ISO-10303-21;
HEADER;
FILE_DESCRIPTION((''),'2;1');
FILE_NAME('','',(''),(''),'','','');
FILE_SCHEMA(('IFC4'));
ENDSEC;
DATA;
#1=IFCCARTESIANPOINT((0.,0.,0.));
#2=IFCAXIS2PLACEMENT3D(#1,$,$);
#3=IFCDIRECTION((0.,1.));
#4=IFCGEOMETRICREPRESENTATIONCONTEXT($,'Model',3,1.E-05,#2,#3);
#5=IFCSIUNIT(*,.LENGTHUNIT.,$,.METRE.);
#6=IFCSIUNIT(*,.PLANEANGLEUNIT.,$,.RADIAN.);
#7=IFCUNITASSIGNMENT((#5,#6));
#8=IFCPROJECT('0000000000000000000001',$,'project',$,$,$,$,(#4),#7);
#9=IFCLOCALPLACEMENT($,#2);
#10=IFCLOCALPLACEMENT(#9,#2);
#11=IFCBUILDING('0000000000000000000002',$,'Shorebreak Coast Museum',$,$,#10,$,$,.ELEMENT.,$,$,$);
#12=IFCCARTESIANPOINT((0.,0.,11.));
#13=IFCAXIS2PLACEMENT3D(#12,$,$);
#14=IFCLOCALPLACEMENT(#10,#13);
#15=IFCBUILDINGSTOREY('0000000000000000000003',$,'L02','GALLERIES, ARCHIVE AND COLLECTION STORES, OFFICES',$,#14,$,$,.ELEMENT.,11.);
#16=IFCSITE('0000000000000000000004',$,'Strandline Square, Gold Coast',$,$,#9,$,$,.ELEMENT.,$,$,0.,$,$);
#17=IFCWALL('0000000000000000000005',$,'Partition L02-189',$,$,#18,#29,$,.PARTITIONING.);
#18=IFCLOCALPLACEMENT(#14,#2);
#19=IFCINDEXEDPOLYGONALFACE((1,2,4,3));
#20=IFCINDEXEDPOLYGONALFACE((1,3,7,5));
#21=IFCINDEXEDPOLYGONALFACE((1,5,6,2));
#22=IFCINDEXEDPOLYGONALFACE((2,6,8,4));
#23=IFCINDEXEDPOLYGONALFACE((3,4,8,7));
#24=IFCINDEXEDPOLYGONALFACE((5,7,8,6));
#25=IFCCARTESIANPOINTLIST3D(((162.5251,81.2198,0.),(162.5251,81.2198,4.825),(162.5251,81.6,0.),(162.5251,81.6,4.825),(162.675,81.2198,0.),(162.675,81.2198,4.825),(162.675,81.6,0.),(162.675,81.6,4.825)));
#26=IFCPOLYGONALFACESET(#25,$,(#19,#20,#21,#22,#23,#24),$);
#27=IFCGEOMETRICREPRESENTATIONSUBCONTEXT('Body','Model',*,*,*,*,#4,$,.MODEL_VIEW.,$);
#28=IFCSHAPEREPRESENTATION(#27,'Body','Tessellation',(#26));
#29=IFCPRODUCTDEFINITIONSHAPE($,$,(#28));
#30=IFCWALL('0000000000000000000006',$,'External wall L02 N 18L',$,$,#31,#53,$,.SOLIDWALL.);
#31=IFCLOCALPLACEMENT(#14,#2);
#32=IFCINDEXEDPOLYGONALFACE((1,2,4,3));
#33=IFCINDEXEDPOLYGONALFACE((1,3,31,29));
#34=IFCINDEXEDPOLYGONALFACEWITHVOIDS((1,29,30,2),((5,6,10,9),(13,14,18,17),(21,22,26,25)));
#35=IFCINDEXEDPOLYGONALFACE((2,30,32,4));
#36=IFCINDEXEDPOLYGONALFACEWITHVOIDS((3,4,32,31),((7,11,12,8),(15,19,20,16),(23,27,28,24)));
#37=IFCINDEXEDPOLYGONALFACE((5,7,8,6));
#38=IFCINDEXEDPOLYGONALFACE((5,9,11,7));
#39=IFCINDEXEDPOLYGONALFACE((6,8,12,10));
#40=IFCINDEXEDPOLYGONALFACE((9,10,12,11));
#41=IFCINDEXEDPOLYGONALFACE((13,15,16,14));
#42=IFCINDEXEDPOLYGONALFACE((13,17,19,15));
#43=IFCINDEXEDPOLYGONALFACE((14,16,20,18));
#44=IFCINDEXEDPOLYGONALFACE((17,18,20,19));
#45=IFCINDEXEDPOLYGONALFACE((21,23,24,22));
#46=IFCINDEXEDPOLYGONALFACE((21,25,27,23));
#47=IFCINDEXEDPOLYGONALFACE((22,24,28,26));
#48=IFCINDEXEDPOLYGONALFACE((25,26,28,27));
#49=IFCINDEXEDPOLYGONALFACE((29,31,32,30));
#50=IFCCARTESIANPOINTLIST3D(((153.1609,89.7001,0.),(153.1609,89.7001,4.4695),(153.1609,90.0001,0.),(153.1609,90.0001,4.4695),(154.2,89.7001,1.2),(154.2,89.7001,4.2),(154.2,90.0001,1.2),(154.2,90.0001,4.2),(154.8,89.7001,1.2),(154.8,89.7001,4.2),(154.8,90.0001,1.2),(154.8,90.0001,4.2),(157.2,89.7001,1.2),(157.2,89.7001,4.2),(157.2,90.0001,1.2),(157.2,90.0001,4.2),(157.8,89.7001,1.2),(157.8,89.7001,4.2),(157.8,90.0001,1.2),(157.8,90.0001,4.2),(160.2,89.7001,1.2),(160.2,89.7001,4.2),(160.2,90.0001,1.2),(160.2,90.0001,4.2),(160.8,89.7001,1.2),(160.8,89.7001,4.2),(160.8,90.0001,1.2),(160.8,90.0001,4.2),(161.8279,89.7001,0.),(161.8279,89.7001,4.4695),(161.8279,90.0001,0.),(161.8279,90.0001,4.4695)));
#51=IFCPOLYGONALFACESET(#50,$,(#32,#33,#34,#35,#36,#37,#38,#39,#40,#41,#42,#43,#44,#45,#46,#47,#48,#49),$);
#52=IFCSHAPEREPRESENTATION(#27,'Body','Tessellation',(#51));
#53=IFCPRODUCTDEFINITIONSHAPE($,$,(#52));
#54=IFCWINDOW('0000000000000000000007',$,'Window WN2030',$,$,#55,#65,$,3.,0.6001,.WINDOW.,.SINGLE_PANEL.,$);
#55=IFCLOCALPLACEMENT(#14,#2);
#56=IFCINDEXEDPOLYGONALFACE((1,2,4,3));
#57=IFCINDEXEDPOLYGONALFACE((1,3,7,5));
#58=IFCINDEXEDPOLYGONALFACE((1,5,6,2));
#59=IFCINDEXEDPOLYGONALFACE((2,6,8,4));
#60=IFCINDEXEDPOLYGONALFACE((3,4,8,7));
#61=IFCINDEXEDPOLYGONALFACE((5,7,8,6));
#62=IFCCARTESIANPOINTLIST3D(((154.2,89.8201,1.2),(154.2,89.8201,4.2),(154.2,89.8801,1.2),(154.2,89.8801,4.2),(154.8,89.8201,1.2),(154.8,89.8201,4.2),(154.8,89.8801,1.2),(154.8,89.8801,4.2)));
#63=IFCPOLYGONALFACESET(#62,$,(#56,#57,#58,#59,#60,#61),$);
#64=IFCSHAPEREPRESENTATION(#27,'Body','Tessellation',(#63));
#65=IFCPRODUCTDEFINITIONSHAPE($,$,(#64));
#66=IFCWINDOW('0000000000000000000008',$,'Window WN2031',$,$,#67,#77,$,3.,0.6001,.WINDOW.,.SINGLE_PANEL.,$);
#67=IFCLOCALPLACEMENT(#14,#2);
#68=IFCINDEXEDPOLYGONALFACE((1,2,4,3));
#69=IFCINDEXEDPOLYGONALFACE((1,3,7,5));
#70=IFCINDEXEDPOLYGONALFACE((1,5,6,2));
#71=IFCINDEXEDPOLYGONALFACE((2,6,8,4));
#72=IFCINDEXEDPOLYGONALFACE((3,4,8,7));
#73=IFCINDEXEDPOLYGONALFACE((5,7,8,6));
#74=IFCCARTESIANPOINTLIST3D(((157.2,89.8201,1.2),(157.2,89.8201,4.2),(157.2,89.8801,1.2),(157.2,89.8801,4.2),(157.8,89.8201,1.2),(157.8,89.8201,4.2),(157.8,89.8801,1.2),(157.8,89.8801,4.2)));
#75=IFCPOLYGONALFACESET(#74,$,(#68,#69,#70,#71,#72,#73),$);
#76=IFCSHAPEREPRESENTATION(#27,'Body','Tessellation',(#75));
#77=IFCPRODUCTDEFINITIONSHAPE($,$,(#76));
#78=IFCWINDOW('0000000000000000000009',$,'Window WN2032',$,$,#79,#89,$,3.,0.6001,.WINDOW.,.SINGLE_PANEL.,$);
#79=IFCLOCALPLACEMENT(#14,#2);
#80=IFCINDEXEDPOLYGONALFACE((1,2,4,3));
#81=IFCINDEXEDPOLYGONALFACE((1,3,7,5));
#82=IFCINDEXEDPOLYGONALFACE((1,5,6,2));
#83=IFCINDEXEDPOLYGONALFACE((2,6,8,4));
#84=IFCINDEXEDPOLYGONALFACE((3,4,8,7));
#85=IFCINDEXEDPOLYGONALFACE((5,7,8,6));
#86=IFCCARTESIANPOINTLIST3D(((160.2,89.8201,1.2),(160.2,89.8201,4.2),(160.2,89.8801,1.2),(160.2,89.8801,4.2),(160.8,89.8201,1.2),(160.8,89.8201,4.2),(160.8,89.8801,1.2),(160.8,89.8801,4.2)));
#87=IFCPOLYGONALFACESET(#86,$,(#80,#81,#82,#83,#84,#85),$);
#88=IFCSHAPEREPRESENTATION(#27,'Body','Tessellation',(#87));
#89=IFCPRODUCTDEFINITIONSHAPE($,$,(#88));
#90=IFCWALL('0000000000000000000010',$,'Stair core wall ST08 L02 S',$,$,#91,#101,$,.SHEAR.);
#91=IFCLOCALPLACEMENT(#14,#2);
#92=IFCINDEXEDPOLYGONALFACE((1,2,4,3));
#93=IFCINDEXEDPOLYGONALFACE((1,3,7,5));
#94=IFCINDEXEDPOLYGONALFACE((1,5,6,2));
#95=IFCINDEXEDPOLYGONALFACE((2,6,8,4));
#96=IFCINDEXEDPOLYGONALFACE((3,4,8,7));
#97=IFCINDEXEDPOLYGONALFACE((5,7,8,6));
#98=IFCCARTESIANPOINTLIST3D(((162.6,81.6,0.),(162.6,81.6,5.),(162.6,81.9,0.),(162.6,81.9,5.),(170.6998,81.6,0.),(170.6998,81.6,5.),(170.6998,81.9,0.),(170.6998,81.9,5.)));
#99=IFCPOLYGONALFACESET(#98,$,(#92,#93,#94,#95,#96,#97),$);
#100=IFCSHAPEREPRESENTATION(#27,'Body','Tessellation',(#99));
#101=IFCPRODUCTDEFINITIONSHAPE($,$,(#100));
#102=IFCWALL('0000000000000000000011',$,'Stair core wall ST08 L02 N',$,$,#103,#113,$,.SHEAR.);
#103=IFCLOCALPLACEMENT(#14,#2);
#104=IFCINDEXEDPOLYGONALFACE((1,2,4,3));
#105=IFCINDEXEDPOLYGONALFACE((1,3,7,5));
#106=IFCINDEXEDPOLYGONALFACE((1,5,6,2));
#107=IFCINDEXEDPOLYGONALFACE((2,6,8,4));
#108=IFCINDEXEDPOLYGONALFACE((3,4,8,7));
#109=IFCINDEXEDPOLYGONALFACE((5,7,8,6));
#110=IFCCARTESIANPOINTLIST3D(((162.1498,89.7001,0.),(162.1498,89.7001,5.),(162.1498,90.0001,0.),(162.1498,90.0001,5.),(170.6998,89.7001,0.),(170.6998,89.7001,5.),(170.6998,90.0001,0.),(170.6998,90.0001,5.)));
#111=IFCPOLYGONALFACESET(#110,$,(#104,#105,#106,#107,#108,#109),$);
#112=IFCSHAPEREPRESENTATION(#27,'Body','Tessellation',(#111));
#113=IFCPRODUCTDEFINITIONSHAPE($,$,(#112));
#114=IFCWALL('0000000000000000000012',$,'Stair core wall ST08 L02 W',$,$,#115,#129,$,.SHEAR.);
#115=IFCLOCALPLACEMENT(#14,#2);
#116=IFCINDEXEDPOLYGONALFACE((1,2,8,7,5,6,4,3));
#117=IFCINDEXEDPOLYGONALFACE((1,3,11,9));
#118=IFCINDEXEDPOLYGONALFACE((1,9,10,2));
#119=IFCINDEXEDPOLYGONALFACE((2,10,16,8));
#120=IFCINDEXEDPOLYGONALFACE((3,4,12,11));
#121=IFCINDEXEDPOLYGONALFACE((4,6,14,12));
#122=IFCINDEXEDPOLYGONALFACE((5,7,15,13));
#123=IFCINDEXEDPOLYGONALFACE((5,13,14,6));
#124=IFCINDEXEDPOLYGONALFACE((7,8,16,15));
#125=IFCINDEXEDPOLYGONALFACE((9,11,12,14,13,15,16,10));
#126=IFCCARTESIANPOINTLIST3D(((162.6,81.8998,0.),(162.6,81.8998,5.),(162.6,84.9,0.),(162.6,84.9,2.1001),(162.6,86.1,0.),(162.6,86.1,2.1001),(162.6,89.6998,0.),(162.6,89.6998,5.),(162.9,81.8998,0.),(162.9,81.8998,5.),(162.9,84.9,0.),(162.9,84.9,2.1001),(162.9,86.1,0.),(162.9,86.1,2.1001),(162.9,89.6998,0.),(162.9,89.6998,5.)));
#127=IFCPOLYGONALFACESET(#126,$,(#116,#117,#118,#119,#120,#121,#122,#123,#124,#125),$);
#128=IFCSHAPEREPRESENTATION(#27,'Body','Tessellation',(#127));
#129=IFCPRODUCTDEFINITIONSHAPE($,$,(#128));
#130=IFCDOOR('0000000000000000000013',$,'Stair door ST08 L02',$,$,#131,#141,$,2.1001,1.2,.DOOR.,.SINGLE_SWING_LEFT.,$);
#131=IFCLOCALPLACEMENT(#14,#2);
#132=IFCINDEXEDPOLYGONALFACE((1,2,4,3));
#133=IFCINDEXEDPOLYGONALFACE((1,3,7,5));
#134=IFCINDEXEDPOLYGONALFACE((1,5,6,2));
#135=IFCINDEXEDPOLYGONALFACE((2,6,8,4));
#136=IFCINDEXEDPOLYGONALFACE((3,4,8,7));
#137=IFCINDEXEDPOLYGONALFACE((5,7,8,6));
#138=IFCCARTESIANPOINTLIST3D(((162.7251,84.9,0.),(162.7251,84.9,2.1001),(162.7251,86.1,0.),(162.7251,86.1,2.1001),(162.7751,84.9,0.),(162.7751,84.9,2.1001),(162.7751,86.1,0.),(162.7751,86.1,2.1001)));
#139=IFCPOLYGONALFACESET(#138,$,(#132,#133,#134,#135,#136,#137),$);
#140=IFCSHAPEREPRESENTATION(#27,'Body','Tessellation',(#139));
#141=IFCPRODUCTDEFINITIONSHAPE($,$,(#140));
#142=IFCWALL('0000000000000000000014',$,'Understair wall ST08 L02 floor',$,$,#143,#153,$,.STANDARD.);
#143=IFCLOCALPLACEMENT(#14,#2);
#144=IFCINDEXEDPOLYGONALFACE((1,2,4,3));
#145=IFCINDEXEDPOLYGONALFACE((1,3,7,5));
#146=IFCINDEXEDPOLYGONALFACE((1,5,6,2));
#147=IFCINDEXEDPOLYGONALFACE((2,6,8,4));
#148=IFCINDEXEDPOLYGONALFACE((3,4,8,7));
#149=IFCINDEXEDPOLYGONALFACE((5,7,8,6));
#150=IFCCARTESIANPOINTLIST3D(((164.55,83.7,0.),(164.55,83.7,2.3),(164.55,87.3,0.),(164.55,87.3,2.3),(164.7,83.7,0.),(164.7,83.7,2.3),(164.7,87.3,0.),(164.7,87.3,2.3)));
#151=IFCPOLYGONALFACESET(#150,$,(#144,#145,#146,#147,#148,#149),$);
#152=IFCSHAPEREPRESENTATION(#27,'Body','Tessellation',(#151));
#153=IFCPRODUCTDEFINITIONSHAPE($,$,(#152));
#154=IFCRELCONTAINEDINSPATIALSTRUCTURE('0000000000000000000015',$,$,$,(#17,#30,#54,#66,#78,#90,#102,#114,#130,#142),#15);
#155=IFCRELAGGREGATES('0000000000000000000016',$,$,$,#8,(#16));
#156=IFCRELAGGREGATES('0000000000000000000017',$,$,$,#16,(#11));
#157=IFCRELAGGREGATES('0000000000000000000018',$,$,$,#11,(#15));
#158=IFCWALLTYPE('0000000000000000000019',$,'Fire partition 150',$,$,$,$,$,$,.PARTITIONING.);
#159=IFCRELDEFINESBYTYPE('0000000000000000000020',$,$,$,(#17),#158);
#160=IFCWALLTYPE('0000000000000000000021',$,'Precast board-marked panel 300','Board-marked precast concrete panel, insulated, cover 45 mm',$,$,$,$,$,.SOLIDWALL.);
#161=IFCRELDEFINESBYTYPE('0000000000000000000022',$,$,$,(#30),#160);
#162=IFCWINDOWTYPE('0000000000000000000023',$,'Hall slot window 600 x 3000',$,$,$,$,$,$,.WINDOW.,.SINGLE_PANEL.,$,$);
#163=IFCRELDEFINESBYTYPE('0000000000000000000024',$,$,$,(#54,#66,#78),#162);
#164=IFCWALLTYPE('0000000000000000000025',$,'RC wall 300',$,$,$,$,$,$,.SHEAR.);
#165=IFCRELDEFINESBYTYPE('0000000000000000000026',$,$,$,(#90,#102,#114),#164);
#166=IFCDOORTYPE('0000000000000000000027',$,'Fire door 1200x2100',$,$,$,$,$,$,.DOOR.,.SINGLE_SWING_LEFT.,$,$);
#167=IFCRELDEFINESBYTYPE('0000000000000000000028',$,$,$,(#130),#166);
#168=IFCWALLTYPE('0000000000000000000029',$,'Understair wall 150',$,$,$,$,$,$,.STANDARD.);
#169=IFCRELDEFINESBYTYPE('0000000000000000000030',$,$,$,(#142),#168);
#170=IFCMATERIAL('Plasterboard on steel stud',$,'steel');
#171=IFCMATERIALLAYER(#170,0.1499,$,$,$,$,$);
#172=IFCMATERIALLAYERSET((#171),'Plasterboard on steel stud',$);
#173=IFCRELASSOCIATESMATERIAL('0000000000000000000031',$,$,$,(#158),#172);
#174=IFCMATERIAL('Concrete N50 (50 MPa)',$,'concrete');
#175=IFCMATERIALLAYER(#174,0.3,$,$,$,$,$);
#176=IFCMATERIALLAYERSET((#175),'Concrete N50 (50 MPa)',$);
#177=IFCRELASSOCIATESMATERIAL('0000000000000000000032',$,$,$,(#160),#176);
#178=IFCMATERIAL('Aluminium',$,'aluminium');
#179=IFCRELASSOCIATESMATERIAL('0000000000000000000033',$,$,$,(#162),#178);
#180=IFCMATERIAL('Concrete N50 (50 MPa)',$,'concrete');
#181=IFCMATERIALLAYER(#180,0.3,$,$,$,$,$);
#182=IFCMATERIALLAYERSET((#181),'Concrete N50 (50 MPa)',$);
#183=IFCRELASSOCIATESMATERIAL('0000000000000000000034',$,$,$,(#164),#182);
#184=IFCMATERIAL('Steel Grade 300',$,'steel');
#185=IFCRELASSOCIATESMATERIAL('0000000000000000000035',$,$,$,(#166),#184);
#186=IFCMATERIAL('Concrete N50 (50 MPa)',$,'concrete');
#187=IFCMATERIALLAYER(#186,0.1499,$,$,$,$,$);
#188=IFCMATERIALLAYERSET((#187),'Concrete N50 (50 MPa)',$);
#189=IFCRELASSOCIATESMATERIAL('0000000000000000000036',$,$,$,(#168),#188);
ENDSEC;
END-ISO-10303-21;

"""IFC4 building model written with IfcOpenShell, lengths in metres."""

from ifc_helpers import new_model, si_unit, direction, frame, frame_2d, origin, place, context, subcontext, project, spatial, rectangle, extrude, material, layer, layer_set, type_object, element, fill, save


model = new_model("IFC4")

# Units and contexts
model_context = context("Model", 3, precision=1e-05, world=origin(), true_north=direction((0.0, 1.0)))
body_context = subcontext(model_context, "Body", "Model", "MODEL_VIEW")
ifc_project = project(units=[si_unit("LENGTHUNIT", "METRE"), si_unit("PLANEANGLEUNIT", "RADIAN")], contexts=[model_context])

# Site, building, storey
site_placement = place(None, origin())
site = spatial("IfcSite", under=ifc_project, at=site_placement, Name="Strandline Square, Gold Coast", CompositionType="ELEMENT", RefElevation=0.0)
building_placement = place(site_placement, origin())
building = spatial("IfcBuilding", under=site, at=building_placement, Name="Shorebreak Coast Museum", CompositionType="ELEMENT")
storey_placement = place(building_placement, frame((0.0, 0.0, 11.0)))
storey = spatial("IfcBuildingStorey", under=building, at=storey_placement, Name="L02", Description="GALLERIES, ARCHIVE AND COLLECTION STORES, OFFICES", CompositionType="ELEMENT", Elevation=11.0)

# Wall
ifc_material_1 = material(Name="Plasterboard on steel stud", Category="steel")
ifc_layer_1 = layer(ifc_material_1, 0.1499)
ifc_layer_set_1 = layer_set([ifc_layer_1], Name="Plasterboard on steel stud")
wall_type_1 = type_object("IfcWallType", Name="Fire partition 150", PredefinedType="PARTITIONING", material=ifc_layer_set_1)
wall_1_placement = place(storey_placement, frame((162.6001, 81.22, 0.0), z_axis=(0.0, 0.0, 1.0), x_axis=(0.0, 1.0, 0.0)))
element("IfcWall", 1, at=wall_1_placement, inside=storey, type_object=wall_type_1, Name="Partition L02-189", PredefinedType="PARTITIONING", context=body_context, shape_type="SweptSolid", body=[
    extrude(rectangle(XDim=0.3801, YDim=0.1499, at=frame_2d((0.1899, 0.0))), origin(), (0.0, 0.0, 1.0), 4.825),
])

# Wall, openings, windows
ifc_material_2 = material(Name="Concrete N50 (50 MPa)", Category="concrete")
ifc_layer_2 = layer(ifc_material_2, 0.3)
ifc_layer_set_2 = layer_set([ifc_layer_2], Name="Concrete N50 (50 MPa)")
wall_type_2 = type_object("IfcWallType", Name="Precast board-marked panel 300", Description="Board-marked precast concrete panel, insulated, cover 45 mm", PredefinedType="SOLIDWALL", material=ifc_layer_set_2)
wall_2_placement = place(storey_placement, frame((153.1609, 89.8501, 0.0), z_axis=(0.0, 0.0, 1.0), x_axis=(1.0, 0.0, 0.0)))
wall_2 = element("IfcWall", 2, at=wall_2_placement, inside=storey, type_object=wall_type_2, Name="External wall L02 N 18L", PredefinedType="SOLIDWALL", context=body_context, shape_type="SweptSolid", body=[
    extrude(rectangle(XDim=8.667, YDim=0.3, at=frame_2d((4.3335, 0.0))), origin(), (0.0, 0.0, 1.0), 4.4695),
])
opening_1_placement = place(wall_2_placement, frame((1.0391, 0.0, 1.2)))
opening_1 = element("IfcOpeningElement", 3, at=opening_1_placement, cuts=wall_2, PredefinedType="OPENING", context=body_context, shape_type="SweptSolid", body=[
    extrude(rectangle(XDim=0.6001, YDim=3.0, at=frame_2d((0.3, 1.5))), frame((0.0, 0.1599, 0.0), z_axis=(0.0, -1.0, 0.0), x_axis=(1.0, 0.0, 0.0)), (0.0, 0.0, 1.0), 0.3201),
])
opening_2_placement = place(wall_2_placement, frame((4.0391, 0.0, 1.2)))
opening_2 = element("IfcOpeningElement", 4, at=opening_2_placement, cuts=wall_2, PredefinedType="OPENING", context=body_context, shape_type="SweptSolid", body=[
    extrude(rectangle(XDim=0.6001, YDim=3.0, at=frame_2d((0.3, 1.5))), frame((0.0, 0.1599, 0.0), z_axis=(0.0, -1.0, 0.0), x_axis=(1.0, 0.0, 0.0)), (0.0, 0.0, 1.0), 0.3201),
])
opening_3_placement = place(wall_2_placement, frame((7.0391, 0.0, 1.2)))
opening_3 = element("IfcOpeningElement", 5, at=opening_3_placement, cuts=wall_2, PredefinedType="OPENING", context=body_context, shape_type="SweptSolid", body=[
    extrude(rectangle(XDim=0.6001, YDim=3.0, at=frame_2d((0.3, 1.5))), frame((0.0, 0.1599, 0.0), z_axis=(0.0, -1.0, 0.0), x_axis=(1.0, 0.0, 0.0)), (0.0, 0.0, 1.0), 0.3201),
])
ifc_material_3 = material(Name="Aluminium", Category="aluminium")
window_type = type_object("IfcWindowType", Name="Hall slot window 600 x 3000", PartitioningType="SINGLE_PANEL", PredefinedType="WINDOW", material=ifc_material_3)
window_1_placement = place(opening_1_placement, origin())
window_1 = element("IfcWindow", 6, at=window_1_placement, inside=storey, type_object=window_type, Name="Window WN2030", OverallHeight=3.0, OverallWidth=0.6001, PartitioningType="SINGLE_PANEL", PredefinedType="WINDOW", context=body_context, shape_type="SweptSolid", body=[
    extrude(rectangle(XDim=0.6001, YDim=3.0, at=frame_2d((0.3, 1.5))), frame((0.0, 0.03, 0.0), z_axis=(0.0, -1.0, 0.0), x_axis=(1.0, 0.0, 0.0)), (0.0, 0.0, 1.0), 0.0601),
])
fill(opening_1, window_1)
window_2_placement = place(opening_2_placement, origin())
window_2 = element("IfcWindow", 7, at=window_2_placement, inside=storey, type_object=window_type, Name="Window WN2031", OverallHeight=3.0, OverallWidth=0.6001, PartitioningType="SINGLE_PANEL", PredefinedType="WINDOW", context=body_context, shape_type="SweptSolid", body=[
    extrude(rectangle(XDim=0.6001, YDim=3.0, at=frame_2d((0.3, 1.5))), frame((0.0, 0.03, 0.0), z_axis=(0.0, -1.0, 0.0), x_axis=(1.0, 0.0, 0.0)), (0.0, 0.0, 1.0), 0.0601),
])
fill(opening_2, window_2)
window_3_placement = place(opening_3_placement, origin())
window_3 = element("IfcWindow", 8, at=window_3_placement, inside=storey, type_object=window_type, Name="Window WN2032", OverallHeight=3.0, OverallWidth=0.6001, PartitioningType="SINGLE_PANEL", PredefinedType="WINDOW", context=body_context, shape_type="SweptSolid", body=[
    extrude(rectangle(XDim=0.6001, YDim=3.0, at=frame_2d((0.3, 1.5))), frame((0.0, 0.03, 0.0), z_axis=(0.0, -1.0, 0.0), x_axis=(1.0, 0.0, 0.0)), (0.0, 0.0, 1.0), 0.0601),
])
fill(opening_3, window_3)

# Walls
ifc_material_4 = material(Name="Concrete N50 (50 MPa)", Category="concrete")
ifc_layer_3 = layer(ifc_material_4, 0.3)
ifc_layer_set_3 = layer_set([ifc_layer_3], Name="Concrete N50 (50 MPa)")
wall_type_3 = type_object("IfcWallType", Name="RC wall 300", PredefinedType="SHEAR", material=ifc_layer_set_3)
wall_3_placement = place(storey_placement, frame((162.6001, 81.75, 0.0), z_axis=(0.0, 0.0, 1.0), x_axis=(1.0, 0.0, 0.0)))
element("IfcWall", 9, at=wall_3_placement, inside=storey, type_object=wall_type_3, Name="Stair core wall ST08 L02 S", PredefinedType="SHEAR", context=body_context, shape_type="SweptSolid", body=[
    extrude(rectangle(XDim=8.0999, YDim=0.3, at=frame_2d((4.0498, 0.0))), origin(), (0.0, 0.0, 1.0), 5.0),
])
wall_4_placement = place(storey_placement, frame((162.1499, 89.8501, 0.0), z_axis=(0.0, 0.0, 1.0), x_axis=(1.0, 0.0, 0.0)))
element("IfcWall", 10, at=wall_4_placement, inside=storey, type_object=wall_type_3, Name="Stair core wall ST08 L02 N", PredefinedType="SHEAR", context=body_context, shape_type="SweptSolid", body=[
    extrude(rectangle(XDim=8.55, YDim=0.3, at=frame_2d((4.2749, 0.0))), origin(), (0.0, 0.0, 1.0), 5.0),
])

# Wall, opening, door
wall_5_placement = place(storey_placement, frame((162.75, 81.8999, 0.0), z_axis=(0.0, 0.0, 1.0), x_axis=(0.0, 1.0, 0.0)))
wall_5 = element("IfcWall", 11, at=wall_5_placement, inside=storey, type_object=wall_type_3, Name="Stair core wall ST08 L02 W", PredefinedType="SHEAR", context=body_context, shape_type="SweptSolid", body=[
    extrude(rectangle(XDim=7.8, YDim=0.3, at=frame_2d((3.8999, 0.0))), origin(), (0.0, 0.0, 1.0), 5.0),
])
opening_4_placement = place(wall_5_placement, frame((3.0, 0.0, 0.0)))
opening_4 = element("IfcOpeningElement", 12, at=opening_4_placement, cuts=wall_5, PredefinedType="OPENING", context=body_context, shape_type="SweptSolid", body=[
    extrude(rectangle(XDim=1.2, YDim=2.1001, at=frame_2d((0.6001, 1.05))), frame((0.0, 0.1599, 0.0), z_axis=(0.0, -1.0, 0.0), x_axis=(1.0, 0.0, 0.0)), (0.0, 0.0, 1.0), 0.3201),
])
ifc_material_5 = material(Name="Steel Grade 300", Category="steel")
door_type = type_object("IfcDoorType", Name="Fire door 1200x2100", OperationType="SINGLE_SWING_LEFT", PredefinedType="DOOR", material=ifc_material_5)
door_placement = place(opening_4_placement, origin())
door = element("IfcDoor", 13, at=door_placement, inside=storey, type_object=door_type, Name="Stair door ST08 L02", OperationType="SINGLE_SWING_LEFT", OverallHeight=2.1001, OverallWidth=1.2, PredefinedType="DOOR", context=body_context, shape_type="SweptSolid", body=[
    extrude(rectangle(XDim=1.2, YDim=2.1001, at=frame_2d((0.6001, 1.05))), frame((0.0, 0.0249, 0.0), z_axis=(0.0, -1.0, 0.0), x_axis=(1.0, 0.0, 0.0)), (0.0, 0.0, 1.0), 0.05),
])
fill(opening_4, door)

# Wall
ifc_material_6 = material(Name="Concrete N50 (50 MPa)", Category="concrete")
ifc_layer_4 = layer(ifc_material_6, 0.1499)
ifc_layer_set_4 = layer_set([ifc_layer_4], Name="Concrete N50 (50 MPa)")
wall_type_4 = type_object("IfcWallType", Name="Understair wall 150", PredefinedType="STANDARD", material=ifc_layer_set_4)
wall_6_placement = place(storey_placement, frame((164.625, 83.7, 0.0), z_axis=(0.0, 0.0, 1.0), x_axis=(0.0, 1.0, 0.0)))
element("IfcWall", 14, at=wall_6_placement, inside=storey, type_object=wall_type_4, Name="Understair wall ST08 L02 floor", PredefinedType="STANDARD", context=body_context, shape_type="SweptSolid", body=[
    extrude(rectangle(XDim=3.6001, YDim=0.1499, at=frame_2d((1.8, 0.0))), origin(), (0.0, 0.0, 1.0), 2.3),
])

save(model, "model.ifc")
